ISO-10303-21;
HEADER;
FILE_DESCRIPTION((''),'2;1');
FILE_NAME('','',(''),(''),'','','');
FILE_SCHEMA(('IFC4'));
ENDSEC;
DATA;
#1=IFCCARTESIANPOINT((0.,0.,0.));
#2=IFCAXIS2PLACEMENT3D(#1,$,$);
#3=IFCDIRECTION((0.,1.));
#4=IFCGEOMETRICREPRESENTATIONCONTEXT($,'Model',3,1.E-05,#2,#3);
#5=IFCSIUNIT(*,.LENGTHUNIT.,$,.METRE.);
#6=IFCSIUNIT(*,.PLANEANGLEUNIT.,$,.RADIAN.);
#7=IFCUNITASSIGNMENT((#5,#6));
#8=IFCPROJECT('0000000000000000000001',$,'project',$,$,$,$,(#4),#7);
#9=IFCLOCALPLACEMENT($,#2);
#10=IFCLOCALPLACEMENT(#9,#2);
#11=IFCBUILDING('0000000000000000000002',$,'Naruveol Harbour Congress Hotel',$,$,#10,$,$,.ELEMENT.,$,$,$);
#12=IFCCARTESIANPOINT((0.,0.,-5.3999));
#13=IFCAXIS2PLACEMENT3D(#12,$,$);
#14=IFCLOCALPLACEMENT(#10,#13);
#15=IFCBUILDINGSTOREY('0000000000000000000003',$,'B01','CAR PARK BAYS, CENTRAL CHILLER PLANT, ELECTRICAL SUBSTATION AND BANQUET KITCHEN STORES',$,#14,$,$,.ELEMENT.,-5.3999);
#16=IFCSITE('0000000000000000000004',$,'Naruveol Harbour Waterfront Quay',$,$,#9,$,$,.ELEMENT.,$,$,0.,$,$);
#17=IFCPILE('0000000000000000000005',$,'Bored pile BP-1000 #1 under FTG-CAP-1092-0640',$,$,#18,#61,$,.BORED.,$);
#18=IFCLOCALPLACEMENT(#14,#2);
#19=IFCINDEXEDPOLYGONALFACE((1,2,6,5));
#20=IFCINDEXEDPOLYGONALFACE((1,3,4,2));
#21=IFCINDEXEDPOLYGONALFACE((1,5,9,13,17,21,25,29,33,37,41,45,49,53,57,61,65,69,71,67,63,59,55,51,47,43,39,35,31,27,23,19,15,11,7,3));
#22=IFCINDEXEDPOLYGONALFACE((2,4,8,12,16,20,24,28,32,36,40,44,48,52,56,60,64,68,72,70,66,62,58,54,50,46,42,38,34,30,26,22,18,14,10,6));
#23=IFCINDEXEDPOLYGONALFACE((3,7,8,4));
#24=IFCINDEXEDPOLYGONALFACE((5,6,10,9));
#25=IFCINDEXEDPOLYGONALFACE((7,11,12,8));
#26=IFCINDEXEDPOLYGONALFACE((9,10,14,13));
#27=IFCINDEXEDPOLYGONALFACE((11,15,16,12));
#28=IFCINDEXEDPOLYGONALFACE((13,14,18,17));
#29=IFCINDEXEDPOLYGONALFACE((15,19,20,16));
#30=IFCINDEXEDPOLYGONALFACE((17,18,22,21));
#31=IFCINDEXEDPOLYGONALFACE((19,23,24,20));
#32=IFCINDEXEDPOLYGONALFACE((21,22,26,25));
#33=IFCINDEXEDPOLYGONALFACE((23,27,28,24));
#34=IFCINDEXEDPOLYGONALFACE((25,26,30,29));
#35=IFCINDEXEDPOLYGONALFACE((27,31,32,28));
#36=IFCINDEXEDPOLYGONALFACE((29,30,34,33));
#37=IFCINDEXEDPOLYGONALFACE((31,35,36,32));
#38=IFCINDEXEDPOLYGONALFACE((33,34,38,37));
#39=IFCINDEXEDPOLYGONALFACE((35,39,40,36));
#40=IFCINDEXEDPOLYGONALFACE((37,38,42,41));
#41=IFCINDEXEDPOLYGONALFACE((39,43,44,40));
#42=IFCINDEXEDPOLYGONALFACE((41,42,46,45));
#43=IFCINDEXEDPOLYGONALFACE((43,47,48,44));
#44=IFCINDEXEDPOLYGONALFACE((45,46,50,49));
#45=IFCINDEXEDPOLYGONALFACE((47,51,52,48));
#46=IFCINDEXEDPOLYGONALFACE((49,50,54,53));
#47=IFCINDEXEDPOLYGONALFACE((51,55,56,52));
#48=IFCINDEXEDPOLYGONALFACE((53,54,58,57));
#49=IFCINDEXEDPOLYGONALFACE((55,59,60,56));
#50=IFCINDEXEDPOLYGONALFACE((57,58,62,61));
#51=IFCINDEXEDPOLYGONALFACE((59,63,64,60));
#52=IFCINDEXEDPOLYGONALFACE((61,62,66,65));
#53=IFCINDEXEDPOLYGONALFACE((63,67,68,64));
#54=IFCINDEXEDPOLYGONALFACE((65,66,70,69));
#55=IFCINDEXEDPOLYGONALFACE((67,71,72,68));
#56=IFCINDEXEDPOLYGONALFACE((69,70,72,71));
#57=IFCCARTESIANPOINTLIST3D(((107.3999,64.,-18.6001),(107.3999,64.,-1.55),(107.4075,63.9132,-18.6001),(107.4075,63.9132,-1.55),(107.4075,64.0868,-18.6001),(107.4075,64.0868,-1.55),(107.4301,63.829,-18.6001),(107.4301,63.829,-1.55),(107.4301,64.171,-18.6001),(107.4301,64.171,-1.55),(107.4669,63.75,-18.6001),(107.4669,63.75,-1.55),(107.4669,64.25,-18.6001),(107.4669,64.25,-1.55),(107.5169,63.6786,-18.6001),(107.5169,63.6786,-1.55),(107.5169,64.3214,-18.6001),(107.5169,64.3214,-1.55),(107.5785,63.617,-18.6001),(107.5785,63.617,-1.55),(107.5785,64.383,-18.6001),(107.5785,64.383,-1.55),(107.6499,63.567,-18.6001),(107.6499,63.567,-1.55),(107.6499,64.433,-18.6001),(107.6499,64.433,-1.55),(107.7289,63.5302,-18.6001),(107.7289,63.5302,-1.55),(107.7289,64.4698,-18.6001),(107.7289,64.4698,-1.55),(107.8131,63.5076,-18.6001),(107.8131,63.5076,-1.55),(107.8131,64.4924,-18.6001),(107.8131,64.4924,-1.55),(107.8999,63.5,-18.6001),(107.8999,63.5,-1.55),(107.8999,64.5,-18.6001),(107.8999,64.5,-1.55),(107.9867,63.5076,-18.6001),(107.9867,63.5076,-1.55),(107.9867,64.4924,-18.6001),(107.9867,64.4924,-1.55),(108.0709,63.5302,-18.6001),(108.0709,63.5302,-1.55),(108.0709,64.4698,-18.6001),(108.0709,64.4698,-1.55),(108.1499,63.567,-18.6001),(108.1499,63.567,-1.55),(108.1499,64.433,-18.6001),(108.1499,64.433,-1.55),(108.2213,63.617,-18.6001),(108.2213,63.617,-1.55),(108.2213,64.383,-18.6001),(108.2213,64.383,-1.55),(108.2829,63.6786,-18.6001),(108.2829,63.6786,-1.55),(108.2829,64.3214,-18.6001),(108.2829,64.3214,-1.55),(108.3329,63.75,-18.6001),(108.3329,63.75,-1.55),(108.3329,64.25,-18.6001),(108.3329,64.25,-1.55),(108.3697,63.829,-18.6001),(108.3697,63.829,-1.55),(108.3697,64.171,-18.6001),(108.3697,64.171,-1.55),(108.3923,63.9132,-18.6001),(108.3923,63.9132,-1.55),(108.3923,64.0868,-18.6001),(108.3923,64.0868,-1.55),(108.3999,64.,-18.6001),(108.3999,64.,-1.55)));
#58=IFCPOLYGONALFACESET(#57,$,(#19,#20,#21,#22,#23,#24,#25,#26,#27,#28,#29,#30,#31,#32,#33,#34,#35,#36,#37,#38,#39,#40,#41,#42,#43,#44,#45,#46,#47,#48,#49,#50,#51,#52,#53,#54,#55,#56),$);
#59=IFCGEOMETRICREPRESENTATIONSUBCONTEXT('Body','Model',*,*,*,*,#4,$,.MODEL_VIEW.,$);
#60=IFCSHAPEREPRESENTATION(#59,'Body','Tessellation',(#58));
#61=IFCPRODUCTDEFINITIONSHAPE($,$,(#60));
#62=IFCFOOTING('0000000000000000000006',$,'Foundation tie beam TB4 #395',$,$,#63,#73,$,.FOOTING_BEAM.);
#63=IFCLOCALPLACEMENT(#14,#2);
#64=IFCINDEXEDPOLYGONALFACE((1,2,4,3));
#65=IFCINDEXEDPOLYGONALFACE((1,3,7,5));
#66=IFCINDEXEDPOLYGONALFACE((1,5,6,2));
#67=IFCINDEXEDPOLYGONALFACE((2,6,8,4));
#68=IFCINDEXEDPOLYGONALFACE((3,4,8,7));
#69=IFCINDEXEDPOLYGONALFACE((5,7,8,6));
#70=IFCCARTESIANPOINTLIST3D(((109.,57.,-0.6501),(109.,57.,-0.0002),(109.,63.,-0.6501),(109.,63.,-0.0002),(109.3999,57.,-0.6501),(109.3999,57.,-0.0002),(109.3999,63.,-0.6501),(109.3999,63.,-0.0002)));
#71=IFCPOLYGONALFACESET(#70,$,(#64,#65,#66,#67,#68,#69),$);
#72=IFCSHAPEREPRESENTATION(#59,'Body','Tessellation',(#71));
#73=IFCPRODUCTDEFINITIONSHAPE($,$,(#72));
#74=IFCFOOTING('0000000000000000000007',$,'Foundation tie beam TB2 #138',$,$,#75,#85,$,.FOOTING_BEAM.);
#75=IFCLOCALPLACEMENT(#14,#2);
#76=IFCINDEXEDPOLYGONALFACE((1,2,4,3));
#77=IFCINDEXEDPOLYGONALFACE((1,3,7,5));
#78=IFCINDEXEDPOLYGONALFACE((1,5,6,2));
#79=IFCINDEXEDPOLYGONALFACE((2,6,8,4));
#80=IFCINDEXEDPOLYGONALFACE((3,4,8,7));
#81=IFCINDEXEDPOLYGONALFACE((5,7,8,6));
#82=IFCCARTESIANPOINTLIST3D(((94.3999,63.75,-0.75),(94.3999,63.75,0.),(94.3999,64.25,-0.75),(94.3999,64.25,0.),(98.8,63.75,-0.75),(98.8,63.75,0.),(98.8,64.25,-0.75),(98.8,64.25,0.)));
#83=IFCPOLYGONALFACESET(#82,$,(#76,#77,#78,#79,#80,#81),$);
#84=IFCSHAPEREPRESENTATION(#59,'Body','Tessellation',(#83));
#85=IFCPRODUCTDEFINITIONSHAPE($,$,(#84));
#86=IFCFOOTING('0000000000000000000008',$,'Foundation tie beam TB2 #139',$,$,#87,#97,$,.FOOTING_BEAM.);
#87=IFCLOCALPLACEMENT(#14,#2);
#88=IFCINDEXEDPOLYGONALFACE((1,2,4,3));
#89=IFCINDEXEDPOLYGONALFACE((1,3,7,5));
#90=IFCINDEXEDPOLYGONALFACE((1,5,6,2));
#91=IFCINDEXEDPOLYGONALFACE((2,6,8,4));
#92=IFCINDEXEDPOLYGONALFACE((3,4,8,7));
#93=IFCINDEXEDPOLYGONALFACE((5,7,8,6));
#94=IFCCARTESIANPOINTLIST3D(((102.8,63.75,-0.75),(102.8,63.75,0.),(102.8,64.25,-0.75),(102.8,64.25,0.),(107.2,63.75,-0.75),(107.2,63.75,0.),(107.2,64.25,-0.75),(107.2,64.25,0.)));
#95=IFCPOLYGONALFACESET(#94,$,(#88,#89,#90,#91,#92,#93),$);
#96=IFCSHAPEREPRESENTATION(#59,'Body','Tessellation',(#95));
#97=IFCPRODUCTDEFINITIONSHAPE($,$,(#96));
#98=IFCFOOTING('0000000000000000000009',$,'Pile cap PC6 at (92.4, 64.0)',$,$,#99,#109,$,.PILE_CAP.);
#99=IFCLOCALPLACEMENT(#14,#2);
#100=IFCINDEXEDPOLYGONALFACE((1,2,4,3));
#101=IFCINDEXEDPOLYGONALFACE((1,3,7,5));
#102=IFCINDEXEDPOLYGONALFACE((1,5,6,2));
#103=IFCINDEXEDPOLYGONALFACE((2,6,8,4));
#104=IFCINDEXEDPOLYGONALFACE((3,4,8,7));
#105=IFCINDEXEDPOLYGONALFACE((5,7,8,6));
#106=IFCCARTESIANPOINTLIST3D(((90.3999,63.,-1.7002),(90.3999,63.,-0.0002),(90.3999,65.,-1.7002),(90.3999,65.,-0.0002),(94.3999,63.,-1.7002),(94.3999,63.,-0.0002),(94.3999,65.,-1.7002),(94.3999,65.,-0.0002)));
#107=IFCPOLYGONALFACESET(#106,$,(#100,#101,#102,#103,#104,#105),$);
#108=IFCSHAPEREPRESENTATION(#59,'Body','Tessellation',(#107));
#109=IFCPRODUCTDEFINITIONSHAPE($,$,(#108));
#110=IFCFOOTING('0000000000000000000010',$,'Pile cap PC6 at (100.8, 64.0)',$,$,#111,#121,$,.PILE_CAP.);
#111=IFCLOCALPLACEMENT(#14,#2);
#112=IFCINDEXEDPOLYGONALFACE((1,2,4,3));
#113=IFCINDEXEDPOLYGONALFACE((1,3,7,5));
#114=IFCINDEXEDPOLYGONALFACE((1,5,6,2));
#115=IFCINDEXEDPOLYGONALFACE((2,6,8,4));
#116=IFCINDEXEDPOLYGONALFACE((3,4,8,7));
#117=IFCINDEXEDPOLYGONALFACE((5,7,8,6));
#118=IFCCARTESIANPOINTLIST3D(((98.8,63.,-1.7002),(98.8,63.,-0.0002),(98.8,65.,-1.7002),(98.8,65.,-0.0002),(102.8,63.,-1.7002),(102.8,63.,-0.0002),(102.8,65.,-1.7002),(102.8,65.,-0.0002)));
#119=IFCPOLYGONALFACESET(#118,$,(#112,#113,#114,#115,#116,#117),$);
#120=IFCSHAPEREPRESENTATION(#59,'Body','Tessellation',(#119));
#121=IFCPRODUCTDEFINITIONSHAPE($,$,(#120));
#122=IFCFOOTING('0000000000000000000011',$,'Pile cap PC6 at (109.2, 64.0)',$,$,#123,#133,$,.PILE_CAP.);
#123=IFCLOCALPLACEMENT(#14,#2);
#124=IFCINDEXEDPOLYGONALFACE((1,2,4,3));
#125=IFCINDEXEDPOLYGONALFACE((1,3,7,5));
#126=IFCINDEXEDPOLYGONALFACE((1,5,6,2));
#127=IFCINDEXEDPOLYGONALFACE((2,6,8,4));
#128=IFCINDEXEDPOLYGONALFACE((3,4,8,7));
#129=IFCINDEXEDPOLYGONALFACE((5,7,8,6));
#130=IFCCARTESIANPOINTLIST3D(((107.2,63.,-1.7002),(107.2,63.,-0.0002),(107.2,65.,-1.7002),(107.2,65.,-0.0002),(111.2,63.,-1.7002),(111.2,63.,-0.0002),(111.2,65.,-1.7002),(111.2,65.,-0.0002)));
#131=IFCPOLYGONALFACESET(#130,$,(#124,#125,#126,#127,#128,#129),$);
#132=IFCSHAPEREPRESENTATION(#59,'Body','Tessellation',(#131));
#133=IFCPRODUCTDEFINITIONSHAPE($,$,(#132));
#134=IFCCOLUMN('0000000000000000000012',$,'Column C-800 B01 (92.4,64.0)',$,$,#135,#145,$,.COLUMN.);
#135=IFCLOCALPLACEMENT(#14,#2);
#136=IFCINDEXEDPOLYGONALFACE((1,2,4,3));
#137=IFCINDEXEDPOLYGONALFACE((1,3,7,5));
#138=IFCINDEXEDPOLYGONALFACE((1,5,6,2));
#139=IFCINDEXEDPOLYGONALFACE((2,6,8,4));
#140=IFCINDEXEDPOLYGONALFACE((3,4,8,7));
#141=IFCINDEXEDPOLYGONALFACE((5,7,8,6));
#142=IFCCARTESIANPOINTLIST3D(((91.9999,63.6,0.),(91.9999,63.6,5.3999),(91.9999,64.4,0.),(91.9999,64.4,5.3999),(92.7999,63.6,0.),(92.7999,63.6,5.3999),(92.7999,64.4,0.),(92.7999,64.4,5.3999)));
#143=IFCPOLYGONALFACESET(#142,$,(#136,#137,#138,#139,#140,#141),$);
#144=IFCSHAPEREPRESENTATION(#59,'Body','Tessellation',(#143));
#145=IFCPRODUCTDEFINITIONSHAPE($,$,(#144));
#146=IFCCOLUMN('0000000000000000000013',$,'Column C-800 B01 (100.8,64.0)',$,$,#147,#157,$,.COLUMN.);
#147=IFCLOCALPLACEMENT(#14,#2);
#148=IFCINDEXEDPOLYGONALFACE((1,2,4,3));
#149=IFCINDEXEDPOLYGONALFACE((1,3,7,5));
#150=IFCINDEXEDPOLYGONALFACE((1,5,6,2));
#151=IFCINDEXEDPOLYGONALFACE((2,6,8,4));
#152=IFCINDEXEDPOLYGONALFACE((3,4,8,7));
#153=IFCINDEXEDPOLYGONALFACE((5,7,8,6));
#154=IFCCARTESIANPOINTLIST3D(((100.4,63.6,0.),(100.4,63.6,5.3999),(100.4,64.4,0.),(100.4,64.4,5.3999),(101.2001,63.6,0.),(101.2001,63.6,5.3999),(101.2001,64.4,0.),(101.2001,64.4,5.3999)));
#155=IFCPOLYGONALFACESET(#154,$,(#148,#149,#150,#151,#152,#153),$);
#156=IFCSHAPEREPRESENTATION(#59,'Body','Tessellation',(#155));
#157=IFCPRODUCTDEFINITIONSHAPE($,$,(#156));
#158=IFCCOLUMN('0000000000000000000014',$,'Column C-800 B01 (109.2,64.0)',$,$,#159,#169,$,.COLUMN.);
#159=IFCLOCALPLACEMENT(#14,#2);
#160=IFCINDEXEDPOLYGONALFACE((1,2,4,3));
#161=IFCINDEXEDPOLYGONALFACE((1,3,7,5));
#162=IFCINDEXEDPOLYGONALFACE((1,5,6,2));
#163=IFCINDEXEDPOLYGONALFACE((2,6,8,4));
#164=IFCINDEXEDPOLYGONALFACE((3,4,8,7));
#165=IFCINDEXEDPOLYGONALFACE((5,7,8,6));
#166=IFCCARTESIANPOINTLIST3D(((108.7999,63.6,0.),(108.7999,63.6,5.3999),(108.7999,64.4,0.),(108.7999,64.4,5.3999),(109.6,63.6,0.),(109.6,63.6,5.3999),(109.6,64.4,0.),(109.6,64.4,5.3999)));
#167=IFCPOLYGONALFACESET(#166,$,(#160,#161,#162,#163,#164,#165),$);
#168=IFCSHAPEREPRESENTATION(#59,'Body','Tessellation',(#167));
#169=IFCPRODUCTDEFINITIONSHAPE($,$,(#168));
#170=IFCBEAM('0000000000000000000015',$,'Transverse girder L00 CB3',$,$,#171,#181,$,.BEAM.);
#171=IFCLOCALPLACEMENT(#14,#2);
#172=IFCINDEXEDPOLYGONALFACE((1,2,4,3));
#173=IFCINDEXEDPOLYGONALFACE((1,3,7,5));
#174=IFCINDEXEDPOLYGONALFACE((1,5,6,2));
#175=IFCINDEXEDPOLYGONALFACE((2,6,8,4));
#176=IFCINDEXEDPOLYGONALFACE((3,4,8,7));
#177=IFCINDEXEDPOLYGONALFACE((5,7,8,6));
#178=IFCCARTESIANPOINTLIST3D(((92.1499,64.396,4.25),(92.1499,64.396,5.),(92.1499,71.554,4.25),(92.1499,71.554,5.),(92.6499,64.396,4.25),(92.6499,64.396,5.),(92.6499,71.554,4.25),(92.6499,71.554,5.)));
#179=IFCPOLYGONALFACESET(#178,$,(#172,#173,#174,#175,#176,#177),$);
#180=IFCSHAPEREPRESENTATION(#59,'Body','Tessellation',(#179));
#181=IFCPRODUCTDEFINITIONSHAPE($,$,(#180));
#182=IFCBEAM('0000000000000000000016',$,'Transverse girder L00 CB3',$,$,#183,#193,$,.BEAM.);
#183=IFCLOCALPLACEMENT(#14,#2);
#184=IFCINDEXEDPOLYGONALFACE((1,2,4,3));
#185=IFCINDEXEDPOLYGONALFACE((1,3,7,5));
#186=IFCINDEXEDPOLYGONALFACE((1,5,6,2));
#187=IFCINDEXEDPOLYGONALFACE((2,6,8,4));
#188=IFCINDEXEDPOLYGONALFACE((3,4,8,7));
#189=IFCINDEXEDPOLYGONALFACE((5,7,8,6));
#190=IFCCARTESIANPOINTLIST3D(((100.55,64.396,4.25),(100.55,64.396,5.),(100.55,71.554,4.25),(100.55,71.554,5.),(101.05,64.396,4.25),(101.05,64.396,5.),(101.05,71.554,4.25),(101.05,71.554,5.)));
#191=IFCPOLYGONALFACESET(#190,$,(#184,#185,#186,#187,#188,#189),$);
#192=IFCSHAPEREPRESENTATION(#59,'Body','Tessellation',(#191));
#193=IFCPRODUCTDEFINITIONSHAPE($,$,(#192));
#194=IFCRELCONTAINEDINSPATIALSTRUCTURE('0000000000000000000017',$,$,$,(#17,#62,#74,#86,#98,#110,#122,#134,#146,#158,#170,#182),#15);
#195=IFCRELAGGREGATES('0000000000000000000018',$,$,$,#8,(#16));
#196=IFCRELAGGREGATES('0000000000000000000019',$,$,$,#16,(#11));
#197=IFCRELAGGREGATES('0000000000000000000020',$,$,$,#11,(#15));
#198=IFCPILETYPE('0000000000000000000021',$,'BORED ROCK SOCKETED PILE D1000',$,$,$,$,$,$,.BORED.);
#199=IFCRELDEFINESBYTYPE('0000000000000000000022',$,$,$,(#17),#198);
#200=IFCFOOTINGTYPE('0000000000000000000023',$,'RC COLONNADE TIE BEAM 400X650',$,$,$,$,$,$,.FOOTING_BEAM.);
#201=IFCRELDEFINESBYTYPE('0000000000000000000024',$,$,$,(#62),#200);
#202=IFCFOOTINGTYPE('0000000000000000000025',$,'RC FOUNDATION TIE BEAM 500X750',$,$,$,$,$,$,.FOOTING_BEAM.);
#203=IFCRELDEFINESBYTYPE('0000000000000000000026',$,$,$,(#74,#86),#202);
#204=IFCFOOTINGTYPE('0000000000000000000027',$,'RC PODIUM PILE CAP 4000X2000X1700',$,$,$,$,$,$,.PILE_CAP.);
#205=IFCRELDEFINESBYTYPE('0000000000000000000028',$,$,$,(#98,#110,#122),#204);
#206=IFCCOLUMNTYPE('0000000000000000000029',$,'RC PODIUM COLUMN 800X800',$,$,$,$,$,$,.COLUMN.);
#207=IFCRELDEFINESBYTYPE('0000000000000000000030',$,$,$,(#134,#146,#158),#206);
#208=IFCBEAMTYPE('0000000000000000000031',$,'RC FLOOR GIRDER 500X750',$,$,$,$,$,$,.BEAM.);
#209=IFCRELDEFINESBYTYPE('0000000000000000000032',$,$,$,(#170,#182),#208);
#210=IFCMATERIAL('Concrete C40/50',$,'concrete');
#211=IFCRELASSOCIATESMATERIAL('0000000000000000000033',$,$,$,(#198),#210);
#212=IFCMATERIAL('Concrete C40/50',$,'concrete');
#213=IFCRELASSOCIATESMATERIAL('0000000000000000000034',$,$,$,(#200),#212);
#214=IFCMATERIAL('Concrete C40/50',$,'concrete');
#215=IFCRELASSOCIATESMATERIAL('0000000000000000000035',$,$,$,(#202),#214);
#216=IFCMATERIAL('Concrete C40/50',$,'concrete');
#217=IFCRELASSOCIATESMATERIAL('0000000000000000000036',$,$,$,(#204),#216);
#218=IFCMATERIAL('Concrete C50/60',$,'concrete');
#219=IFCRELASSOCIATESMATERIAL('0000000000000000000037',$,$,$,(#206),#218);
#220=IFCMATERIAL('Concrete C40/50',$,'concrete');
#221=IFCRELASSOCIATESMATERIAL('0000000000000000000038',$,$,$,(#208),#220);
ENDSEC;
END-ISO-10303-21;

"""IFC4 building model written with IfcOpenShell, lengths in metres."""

from ifc_helpers import new_model, si_unit, direction, frame, origin, origin_2d, place, context, subcontext, project, spatial, rectangle, circle, extrude, material, material_profile, profile_set, type_object, element, save


model = new_model("IFC4")

# Units and contexts
model_context = context("Model", 3, precision=1e-05, world=origin(), true_north=direction((0.0, 1.0)))
body_context = subcontext(model_context, "Body", "Model", "MODEL_VIEW")
ifc_project = project(units=[si_unit("LENGTHUNIT", "METRE"), si_unit("PLANEANGLEUNIT", "RADIAN")], contexts=[model_context])

# Site, building, storey
site_placement = place(None, origin())
site = spatial("IfcSite", under=ifc_project, at=site_placement, Name="Naruveol Harbour Waterfront Quay", CompositionType="ELEMENT", RefElevation=0.0)
building_placement = place(site_placement, origin())
building = spatial("IfcBuilding", under=site, at=building_placement, Name="Naruveol Harbour Congress Hotel", CompositionType="ELEMENT")
storey_placement = place(building_placement, frame((0.0, 0.0, -5.3999)))
storey = spatial("IfcBuildingStorey", under=building, at=storey_placement, Name="B01", Description="CAR PARK BAYS, CENTRAL CHILLER PLANT, ELECTRICAL SUBSTATION AND BANQUET KITCHEN STORES", CompositionType="ELEMENT", Elevation=-5.3999)

# Pile
ifc_material_1 = material(Name="Concrete C40/50", Category="concrete")
ifc_material_profile_1 = material_profile(ifc_material_1, circle(Radius=0.5, at=origin_2d()), Name="BP-1000")
ifc_profile_set_1 = profile_set([ifc_material_profile_1], Name="Concrete C40/50")
pile_type = type_object("IfcPileType", Name="BORED ROCK SOCKETED PILE D1000", PredefinedType="BORED", material=ifc_profile_set_1)
for number, where, z_axis, x_axis, name in (
    (1, (107.8999, 64.0, -1.55), (0.0, 0.0, -1.0), (1.0, 0.0, 0.0), "Bored pile BP-1000 #1 under FTG-CAP-1092-0640"),
):
    element("IfcPile", number, at=place(storey_placement, frame(where, z_axis=z_axis, x_axis=x_axis)), inside=storey, type_object=pile_type, Name=name, PredefinedType="BORED", context=body_context, shape_type="SweptSolid", body=[
        extrude(circle(Radius=0.5, at=origin_2d()), origin(), (0.0, 0.0, 1.0), 17.05),
    ])

# Footings
ifc_material_2 = material(Name="Concrete C40/50", Category="concrete")
ifc_material_profile_2 = material_profile(ifc_material_2, rectangle(XDim=0.3999, YDim=0.6499, at=origin_2d()), Name="RCB-400x650")
ifc_profile_set_2 = profile_set([ifc_material_profile_2], Name="Concrete C40/50")
footing_type_1 = type_object("IfcFootingType", Name="RC COLONNADE TIE BEAM 400X650", PredefinedType="FOOTING_BEAM", material=ifc_profile_set_2)
footing_1_placement = place(storey_placement, frame((109.2, 57.0, -0.3252), z_axis=(0.0, 1.0, 0.0), x_axis=(-1.0, 0.0, 0.0)))
element("IfcFooting", 2, at=footing_1_placement, inside=storey, type_object=footing_type_1, Name="Foundation tie beam TB4 #395", PredefinedType="FOOTING_BEAM", context=body_context, shape_type="SweptSolid", body=[
    extrude(rectangle(XDim=0.3999, YDim=0.6499, at=origin_2d()), origin(), (0.0, 0.0, 1.0), 6.0),
])
ifc_material_3 = material(Name="Concrete C40/50", Category="concrete")
ifc_material_profile_3 = material_profile(ifc_material_3, rectangle(XDim=0.5, YDim=0.75, at=origin_2d()), Name="RCB-500x750")
ifc_profile_set_3 = profile_set([ifc_material_profile_3], Name="Concrete C40/50")
footing_type_2 = type_object("IfcFootingType", Name="RC FOUNDATION TIE BEAM 500X750", PredefinedType="FOOTING_BEAM", material=ifc_profile_set_3)
footing_2_placement = place(storey_placement, frame((94.3999, 64.0, -0.375), z_axis=(1.0, 0.0, 0.0), x_axis=(0.0, 1.0, 0.0)))
element("IfcFooting", 3, at=footing_2_placement, inside=storey, type_object=footing_type_2, Name="Foundation tie beam TB2 #138", PredefinedType="FOOTING_BEAM", context=body_context, shape_type="SweptSolid", body=[
    extrude(rectangle(XDim=0.5, YDim=0.75, at=origin_2d()), origin(), (0.0, 0.0, 1.0), 4.4001),
])
footing_3_placement = place(storey_placement, frame((102.8, 64.0, -0.375), z_axis=(1.0, 0.0, 0.0), x_axis=(0.0, 1.0, 0.0)))
element("IfcFooting", 4, at=footing_3_placement, inside=storey, type_object=footing_type_2, Name="Foundation tie beam TB2 #139", PredefinedType="FOOTING_BEAM", context=body_context, shape_type="SweptSolid", body=[
    extrude(rectangle(XDim=0.5, YDim=0.75, at=origin_2d()), origin(), (0.0, 0.0, 1.0), 4.3999),
])
ifc_material_4 = material(Name="Concrete C40/50", Category="concrete")
footing_type_3 = type_object("IfcFootingType", Name="RC PODIUM PILE CAP 4000X2000X1700", PredefinedType="PILE_CAP", material=ifc_material_4)
for number, where, z_axis, x_axis, name in (
    (5, (92.3999, 64.0, -1.7002), (0.0, 0.0, 1.0), (1.0, 0.0, 0.0), "Pile cap PC6 at (92.4, 64.0)"),
    (6, (100.8, 64.0, -1.7002), (0.0, 0.0, 1.0), (1.0, 0.0, 0.0), "Pile cap PC6 at (100.8, 64.0)"),
    (7, (109.2, 64.0, -1.7002), (0.0, 0.0, 1.0), (1.0, 0.0, 0.0), "Pile cap PC6 at (109.2, 64.0)"),
):
    element("IfcFooting", number, at=place(storey_placement, frame(where, z_axis=z_axis, x_axis=x_axis)), inside=storey, type_object=footing_type_3, Name=name, PredefinedType="PILE_CAP", context=body_context, shape_type="SweptSolid", body=[
        extrude(rectangle(XDim=4.0, YDim=2.0, at=origin_2d()), origin(), (0.0, 0.0, 1.0), 1.7),
    ])

# Columns
ifc_material_5 = material(Name="Concrete C50/60", Category="concrete")
ifc_material_profile_4 = material_profile(ifc_material_5, rectangle(XDim=0.8, YDim=0.8, at=origin_2d()), Name="RC-800x800")
ifc_profile_set_4 = profile_set([ifc_material_profile_4], Name="Concrete C50/60")
column_type = type_object("IfcColumnType", Name="RC PODIUM COLUMN 800X800", PredefinedType="COLUMN", material=ifc_profile_set_4)
for number, where, z_axis, x_axis, name in (
    (8, (92.3999, 64.0, 0.0), (0.0, 0.0, 1.0), (1.0, 0.0, 0.0), "Column C-800 B01 (92.4,64.0)"),
    (9, (100.8, 64.0, 0.0), (0.0, 0.0, 1.0), (1.0, 0.0, 0.0), "Column C-800 B01 (100.8,64.0)"),
    (10, (109.2, 64.0, 0.0), (0.0, 0.0, 1.0), (1.0, 0.0, 0.0), "Column C-800 B01 (109.2,64.0)"),
):
    element("IfcColumn", number, at=place(storey_placement, frame(where, z_axis=z_axis, x_axis=x_axis)), inside=storey, type_object=column_type, Name=name, PredefinedType="COLUMN", context=body_context, shape_type="SweptSolid", body=[
        extrude(rectangle(XDim=0.8, YDim=0.8, at=origin_2d()), origin(), (0.0, 0.0, 1.0), 5.3999),
    ])

# Beams
ifc_material_6 = material(Name="Concrete C40/50", Category="concrete")
ifc_material_profile_5 = material_profile(ifc_material_6, rectangle(XDim=0.5, YDim=0.75, at=origin_2d()), Name="RCB-500x750")
ifc_profile_set_5 = profile_set([ifc_material_profile_5], Name="Concrete C40/50")
beam_type_1 = type_object("IfcBeamType", Name="RC FLOOR GIRDER 500X750", PredefinedType="BEAM", material=ifc_profile_set_5)
for number, where, z_axis, x_axis, name in (
    (11, (92.3999, 64.396, 4.625), (0.0, 1.0, 0.0), (-1.0, 0.0, 0.0), "Transverse girder L00 CB3"),
    (12, (100.8, 64.396, 4.625), (0.0, 1.0, 0.0), (-1.0, 0.0, 0.0), "Transverse girder L00 CB3"),
):
    element("IfcBeam", number, at=place(storey_placement, frame(where, z_axis=z_axis, x_axis=x_axis)), inside=storey, type_object=beam_type_1, Name=name, PredefinedType="BEAM", context=body_context, shape_type="SweptSolid", body=[
        extrude(rectangle(XDim=0.5, YDim=0.75, at=origin_2d()), origin(), (0.0, 0.0, 1.0), 7.158),
    ])

save(model, "model.ifc")
